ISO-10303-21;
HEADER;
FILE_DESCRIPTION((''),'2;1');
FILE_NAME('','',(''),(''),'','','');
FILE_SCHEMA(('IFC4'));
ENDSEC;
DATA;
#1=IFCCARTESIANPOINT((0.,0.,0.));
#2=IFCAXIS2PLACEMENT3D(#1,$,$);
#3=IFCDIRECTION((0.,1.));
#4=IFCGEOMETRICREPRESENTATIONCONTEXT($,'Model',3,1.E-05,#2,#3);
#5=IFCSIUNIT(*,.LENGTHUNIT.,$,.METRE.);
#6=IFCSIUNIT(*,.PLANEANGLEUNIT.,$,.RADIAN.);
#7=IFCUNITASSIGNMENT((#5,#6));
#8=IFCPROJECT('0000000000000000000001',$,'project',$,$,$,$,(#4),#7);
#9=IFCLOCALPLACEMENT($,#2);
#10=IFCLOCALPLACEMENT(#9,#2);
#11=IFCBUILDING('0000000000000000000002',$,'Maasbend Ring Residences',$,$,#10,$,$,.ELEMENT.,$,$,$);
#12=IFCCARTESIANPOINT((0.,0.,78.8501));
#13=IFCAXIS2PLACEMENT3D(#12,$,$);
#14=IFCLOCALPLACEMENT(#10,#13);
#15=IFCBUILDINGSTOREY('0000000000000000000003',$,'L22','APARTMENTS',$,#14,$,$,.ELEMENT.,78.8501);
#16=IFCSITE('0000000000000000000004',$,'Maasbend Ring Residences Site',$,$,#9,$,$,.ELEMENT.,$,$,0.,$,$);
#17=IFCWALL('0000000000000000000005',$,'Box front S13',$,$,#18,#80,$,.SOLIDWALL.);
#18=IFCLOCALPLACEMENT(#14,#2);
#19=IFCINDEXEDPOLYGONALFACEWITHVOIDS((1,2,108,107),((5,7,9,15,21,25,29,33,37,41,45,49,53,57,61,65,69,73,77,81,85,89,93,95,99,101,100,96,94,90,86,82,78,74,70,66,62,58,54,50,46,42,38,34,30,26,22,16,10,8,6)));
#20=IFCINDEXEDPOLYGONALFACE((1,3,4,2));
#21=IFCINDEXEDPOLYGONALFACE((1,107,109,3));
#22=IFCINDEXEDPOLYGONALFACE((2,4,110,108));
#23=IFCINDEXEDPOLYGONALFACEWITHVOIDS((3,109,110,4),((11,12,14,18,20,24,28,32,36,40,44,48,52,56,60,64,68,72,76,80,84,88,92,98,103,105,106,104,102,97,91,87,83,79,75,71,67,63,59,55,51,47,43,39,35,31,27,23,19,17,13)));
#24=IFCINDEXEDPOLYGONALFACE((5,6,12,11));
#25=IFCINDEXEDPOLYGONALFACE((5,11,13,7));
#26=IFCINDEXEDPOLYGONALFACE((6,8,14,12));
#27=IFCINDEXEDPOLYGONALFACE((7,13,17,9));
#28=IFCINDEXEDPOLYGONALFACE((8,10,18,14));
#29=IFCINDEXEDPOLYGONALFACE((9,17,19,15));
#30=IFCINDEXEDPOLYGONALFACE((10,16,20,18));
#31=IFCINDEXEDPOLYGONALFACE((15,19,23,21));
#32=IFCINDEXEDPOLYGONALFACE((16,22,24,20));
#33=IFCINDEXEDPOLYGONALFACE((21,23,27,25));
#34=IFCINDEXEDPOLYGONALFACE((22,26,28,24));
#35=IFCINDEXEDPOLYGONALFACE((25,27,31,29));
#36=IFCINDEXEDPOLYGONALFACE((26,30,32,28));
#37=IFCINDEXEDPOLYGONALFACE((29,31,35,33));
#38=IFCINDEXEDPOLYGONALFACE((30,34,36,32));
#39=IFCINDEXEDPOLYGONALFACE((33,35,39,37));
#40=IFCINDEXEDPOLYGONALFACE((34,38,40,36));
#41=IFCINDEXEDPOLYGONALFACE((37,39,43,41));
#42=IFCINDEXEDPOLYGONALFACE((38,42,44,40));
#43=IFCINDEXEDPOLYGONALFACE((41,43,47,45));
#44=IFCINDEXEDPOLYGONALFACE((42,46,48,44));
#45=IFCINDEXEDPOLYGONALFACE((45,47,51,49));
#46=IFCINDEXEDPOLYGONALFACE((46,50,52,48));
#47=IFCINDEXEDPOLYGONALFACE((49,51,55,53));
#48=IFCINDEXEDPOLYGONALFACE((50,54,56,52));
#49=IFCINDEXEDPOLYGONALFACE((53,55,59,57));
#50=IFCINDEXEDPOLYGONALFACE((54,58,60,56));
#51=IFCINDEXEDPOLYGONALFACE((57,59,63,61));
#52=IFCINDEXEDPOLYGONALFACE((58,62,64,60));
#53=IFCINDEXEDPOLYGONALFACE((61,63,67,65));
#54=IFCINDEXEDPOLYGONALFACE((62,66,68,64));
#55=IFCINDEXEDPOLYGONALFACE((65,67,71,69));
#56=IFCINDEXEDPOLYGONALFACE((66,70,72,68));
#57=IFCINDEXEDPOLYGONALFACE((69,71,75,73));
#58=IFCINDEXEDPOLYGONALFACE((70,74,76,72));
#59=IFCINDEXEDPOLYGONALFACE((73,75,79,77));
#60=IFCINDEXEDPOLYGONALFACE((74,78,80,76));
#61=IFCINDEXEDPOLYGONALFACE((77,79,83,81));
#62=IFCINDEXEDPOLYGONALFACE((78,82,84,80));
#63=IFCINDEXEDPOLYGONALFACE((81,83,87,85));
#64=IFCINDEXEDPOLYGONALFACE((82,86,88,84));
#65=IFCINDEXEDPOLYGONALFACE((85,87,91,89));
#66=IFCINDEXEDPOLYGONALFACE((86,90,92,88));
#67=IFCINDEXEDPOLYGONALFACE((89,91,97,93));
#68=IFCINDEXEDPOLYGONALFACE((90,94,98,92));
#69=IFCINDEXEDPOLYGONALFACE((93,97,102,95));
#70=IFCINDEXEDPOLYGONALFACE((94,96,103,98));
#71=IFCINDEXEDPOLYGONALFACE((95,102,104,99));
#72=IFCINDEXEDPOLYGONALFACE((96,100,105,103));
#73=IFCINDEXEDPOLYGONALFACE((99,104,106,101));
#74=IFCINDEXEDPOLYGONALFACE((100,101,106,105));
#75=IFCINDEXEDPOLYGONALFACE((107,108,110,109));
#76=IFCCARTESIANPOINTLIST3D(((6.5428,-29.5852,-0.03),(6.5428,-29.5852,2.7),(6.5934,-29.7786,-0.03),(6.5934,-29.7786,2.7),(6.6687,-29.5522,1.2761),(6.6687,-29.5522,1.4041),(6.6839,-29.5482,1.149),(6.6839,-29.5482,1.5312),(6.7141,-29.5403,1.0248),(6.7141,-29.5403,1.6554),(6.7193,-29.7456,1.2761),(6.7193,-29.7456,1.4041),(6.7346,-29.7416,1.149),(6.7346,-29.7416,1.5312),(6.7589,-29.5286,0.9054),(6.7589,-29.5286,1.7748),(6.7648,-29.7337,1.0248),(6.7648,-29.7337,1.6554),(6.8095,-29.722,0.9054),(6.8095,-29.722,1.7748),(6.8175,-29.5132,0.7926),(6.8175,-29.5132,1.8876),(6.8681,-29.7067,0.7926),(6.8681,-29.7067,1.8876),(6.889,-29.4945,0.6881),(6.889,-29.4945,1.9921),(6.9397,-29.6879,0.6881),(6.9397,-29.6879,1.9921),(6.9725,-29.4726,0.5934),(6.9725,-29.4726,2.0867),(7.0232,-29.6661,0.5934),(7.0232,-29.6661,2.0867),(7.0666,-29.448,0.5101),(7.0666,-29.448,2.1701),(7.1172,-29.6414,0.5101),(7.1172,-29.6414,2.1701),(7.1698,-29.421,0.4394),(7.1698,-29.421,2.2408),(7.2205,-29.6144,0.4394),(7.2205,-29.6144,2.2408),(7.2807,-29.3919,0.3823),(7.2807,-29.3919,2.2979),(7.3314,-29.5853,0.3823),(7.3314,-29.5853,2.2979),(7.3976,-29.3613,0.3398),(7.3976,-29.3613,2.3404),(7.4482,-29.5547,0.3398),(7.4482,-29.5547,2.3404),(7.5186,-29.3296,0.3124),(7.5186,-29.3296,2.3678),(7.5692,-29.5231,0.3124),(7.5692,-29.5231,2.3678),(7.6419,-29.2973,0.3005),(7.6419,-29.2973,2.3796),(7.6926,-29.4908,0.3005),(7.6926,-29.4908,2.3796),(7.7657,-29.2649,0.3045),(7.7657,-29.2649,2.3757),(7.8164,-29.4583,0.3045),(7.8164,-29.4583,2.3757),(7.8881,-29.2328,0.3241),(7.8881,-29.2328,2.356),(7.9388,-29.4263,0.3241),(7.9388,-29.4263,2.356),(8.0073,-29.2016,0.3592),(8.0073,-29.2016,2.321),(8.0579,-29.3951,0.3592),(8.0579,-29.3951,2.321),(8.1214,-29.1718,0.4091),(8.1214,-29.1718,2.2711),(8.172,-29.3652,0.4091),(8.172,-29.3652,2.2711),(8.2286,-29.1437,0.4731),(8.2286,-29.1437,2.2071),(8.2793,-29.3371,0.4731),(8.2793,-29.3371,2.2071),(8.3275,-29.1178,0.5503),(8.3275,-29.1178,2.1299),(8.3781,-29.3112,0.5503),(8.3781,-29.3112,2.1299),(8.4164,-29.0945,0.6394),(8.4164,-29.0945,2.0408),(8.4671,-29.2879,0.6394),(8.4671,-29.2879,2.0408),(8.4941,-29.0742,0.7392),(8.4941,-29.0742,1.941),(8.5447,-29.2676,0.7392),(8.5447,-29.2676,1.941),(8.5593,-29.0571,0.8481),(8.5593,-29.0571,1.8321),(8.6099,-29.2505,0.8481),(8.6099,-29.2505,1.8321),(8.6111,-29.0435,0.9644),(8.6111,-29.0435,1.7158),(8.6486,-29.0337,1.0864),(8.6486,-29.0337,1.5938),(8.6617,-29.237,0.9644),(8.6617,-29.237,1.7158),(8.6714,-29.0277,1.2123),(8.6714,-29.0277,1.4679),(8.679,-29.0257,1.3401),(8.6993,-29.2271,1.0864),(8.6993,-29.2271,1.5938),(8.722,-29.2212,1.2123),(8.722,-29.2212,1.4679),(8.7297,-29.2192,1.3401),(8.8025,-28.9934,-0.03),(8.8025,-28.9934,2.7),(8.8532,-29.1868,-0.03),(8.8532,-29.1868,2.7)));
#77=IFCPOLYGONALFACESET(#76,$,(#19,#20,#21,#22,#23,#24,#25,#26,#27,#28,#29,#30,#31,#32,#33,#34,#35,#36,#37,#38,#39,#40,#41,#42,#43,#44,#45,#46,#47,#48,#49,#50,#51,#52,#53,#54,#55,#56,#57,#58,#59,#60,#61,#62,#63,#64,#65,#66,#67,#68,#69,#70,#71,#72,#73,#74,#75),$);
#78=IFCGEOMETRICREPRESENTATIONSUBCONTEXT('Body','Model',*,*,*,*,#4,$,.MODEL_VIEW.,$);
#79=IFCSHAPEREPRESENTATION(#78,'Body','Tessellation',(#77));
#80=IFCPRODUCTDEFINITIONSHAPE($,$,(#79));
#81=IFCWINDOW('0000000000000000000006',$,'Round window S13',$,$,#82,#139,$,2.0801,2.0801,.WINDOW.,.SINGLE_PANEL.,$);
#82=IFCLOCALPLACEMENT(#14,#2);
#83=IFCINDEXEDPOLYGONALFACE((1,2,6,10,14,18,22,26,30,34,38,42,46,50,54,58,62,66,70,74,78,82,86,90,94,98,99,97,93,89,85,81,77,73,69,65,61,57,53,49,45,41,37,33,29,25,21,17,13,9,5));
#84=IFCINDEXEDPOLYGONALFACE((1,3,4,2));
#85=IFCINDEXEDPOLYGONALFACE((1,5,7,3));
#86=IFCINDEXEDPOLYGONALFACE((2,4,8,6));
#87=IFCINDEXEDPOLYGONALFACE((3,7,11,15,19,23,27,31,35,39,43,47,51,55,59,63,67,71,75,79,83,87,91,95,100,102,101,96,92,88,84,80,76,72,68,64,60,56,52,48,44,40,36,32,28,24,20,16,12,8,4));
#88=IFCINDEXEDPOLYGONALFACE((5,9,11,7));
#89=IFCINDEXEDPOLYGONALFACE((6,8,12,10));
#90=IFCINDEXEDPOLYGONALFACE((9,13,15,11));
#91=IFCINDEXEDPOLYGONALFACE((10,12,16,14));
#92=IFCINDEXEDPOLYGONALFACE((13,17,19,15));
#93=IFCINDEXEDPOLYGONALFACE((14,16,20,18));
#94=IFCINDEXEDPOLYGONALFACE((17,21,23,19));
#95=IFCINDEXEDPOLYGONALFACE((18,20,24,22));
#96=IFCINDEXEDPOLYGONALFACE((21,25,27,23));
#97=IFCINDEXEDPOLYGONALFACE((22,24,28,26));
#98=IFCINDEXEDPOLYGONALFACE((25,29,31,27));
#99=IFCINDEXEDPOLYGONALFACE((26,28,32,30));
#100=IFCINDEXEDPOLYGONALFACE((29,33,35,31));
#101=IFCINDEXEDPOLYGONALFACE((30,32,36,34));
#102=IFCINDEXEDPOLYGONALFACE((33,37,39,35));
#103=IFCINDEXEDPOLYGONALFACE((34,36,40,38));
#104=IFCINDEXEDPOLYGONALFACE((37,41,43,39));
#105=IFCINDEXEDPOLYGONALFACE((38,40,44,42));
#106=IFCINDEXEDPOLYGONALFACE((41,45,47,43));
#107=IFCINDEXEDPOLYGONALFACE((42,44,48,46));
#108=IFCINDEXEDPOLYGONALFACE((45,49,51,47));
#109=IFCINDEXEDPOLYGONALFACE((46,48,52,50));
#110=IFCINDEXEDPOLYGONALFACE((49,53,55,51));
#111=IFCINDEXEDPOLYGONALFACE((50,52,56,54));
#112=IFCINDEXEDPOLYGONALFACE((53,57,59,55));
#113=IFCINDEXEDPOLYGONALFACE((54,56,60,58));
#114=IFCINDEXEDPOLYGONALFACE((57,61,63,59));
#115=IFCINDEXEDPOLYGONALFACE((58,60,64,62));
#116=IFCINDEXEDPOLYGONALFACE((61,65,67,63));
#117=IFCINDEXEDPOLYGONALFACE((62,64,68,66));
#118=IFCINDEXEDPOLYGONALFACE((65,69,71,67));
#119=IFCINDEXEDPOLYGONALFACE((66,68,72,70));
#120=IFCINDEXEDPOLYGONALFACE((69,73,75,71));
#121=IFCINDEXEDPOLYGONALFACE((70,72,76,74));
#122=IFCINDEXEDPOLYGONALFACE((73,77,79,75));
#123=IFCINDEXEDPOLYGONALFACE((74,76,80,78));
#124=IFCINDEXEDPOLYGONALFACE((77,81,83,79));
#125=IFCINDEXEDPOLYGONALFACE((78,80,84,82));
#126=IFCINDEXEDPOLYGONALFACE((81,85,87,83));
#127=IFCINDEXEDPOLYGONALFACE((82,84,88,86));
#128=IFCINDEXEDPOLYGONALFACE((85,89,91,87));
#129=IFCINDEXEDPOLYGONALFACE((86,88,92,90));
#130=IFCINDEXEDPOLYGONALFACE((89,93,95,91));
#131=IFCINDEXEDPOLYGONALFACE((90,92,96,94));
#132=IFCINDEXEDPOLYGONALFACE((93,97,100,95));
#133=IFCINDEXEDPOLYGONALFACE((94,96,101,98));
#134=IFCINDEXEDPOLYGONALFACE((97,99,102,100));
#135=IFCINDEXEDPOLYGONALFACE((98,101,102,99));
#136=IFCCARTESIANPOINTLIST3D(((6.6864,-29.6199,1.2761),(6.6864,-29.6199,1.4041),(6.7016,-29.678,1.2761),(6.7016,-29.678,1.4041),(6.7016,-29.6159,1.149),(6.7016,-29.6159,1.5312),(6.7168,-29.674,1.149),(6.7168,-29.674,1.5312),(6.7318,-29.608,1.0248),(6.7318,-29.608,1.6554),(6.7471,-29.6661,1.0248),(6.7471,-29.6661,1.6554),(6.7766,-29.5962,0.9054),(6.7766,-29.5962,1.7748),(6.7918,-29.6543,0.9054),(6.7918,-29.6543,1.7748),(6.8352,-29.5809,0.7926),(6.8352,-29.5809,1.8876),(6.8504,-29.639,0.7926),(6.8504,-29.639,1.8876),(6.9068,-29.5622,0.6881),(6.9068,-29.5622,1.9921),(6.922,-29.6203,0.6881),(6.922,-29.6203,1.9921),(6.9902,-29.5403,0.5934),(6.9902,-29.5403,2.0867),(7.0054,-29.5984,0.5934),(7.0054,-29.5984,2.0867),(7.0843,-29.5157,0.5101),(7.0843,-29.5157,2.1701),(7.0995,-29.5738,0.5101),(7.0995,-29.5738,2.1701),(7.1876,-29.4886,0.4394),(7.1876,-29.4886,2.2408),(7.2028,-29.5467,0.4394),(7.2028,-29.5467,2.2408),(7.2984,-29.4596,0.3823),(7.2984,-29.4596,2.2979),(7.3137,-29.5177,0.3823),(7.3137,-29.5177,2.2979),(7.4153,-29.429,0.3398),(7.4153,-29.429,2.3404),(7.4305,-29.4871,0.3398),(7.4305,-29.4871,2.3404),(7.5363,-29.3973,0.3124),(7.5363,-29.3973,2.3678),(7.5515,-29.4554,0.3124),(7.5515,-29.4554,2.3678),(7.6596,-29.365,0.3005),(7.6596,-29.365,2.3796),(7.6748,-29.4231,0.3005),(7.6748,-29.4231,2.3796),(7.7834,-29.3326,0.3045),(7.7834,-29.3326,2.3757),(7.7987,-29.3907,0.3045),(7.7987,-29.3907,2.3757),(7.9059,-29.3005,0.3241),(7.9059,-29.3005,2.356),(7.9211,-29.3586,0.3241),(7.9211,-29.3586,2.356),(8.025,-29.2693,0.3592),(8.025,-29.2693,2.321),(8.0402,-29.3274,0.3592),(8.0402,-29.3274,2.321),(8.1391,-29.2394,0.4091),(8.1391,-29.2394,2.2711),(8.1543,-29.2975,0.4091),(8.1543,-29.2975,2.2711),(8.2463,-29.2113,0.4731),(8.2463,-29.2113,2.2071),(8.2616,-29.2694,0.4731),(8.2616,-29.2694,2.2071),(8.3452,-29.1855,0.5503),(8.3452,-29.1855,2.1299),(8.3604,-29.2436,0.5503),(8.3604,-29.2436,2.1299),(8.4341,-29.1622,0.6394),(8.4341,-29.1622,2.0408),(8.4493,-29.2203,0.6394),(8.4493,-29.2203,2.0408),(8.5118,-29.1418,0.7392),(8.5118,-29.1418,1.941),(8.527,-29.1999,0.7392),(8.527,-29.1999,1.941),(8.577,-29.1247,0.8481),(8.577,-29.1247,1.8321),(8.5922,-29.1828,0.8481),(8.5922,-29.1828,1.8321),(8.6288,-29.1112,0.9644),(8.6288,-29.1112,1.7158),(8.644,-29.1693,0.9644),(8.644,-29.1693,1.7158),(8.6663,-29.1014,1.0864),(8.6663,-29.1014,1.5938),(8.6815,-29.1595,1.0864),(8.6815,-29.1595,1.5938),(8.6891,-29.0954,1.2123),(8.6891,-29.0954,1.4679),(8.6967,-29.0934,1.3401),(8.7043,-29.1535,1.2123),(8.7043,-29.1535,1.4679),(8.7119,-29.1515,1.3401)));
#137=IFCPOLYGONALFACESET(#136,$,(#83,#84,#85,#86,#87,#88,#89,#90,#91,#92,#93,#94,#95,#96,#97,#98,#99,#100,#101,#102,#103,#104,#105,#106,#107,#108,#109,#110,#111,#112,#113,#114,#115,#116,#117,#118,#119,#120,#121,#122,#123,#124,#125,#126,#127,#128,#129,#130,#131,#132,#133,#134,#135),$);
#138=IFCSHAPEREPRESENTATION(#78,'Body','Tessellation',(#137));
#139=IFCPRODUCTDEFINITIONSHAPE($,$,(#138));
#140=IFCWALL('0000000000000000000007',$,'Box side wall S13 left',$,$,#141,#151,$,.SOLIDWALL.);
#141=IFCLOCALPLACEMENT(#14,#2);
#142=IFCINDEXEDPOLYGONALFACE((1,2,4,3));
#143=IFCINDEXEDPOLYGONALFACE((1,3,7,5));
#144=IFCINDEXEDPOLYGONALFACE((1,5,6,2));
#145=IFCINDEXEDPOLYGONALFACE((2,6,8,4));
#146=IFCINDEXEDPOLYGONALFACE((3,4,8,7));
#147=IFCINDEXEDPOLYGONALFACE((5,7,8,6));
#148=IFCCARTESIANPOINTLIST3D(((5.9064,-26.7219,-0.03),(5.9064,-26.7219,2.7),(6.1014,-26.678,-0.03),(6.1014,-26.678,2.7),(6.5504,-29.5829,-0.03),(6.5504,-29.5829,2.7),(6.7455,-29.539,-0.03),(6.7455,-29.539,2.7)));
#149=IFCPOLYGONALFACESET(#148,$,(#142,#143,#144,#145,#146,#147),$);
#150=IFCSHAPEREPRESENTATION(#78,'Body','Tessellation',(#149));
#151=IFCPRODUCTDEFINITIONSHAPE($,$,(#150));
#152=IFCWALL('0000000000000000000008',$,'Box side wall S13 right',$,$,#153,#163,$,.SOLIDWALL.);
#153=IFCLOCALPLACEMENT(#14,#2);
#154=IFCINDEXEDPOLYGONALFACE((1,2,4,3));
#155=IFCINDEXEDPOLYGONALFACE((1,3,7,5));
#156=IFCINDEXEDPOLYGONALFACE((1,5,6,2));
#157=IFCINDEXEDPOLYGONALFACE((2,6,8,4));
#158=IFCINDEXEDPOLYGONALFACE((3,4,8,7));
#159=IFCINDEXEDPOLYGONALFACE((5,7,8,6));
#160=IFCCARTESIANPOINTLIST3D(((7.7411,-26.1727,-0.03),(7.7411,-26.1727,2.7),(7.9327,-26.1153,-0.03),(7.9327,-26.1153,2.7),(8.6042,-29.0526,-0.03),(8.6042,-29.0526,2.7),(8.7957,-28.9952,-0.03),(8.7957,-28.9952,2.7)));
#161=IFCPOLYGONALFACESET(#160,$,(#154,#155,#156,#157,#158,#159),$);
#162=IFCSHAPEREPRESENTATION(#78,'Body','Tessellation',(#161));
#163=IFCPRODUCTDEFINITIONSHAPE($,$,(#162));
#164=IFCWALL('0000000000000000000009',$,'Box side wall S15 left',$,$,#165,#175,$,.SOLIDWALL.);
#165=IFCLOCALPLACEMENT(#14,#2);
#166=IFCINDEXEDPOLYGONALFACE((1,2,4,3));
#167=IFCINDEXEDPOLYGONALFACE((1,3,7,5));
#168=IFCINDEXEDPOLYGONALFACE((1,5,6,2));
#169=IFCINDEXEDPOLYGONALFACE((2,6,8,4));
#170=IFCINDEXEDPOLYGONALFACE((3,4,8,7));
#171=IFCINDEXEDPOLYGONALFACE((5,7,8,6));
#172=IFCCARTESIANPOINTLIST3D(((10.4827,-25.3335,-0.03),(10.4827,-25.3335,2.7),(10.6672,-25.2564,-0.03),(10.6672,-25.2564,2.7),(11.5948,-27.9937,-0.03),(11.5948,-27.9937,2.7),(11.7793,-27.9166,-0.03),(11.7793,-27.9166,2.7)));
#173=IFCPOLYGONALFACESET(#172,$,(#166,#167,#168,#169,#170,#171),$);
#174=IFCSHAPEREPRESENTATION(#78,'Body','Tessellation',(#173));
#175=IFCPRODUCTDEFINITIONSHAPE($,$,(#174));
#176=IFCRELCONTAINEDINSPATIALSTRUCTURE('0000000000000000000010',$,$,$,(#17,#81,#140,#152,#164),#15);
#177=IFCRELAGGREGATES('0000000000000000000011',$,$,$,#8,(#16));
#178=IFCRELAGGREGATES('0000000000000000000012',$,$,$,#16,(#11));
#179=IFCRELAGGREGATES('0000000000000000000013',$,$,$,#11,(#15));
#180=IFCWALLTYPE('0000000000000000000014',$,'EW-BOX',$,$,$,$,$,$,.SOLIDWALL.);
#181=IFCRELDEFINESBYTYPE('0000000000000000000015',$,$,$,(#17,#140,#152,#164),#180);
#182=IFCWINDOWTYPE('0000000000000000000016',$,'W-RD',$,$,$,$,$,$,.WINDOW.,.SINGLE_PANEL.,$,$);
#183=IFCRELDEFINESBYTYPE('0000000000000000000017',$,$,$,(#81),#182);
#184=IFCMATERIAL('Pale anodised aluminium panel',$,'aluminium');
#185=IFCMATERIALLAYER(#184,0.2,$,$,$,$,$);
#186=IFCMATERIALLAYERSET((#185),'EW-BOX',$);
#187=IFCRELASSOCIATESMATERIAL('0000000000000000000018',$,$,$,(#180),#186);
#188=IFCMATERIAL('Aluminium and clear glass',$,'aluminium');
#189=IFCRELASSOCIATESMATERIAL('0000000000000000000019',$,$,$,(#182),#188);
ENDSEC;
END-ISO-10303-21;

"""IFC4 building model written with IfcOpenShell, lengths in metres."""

from ifc_helpers import new_model, si_unit, direction, frame, frame_2d, origin, place, context, subcontext, project, spatial, rectangle, circle, extrude, material, layer, layer_set, type_object, element, fill, save


model = new_model("IFC4")

# Units and contexts
model_context = context("Model", 3, precision=1e-05, world=origin(), true_north=direction((0.0, 1.0)))
body_context = subcontext(model_context, "Body", "Model", "MODEL_VIEW")
ifc_project = project(units=[si_unit("LENGTHUNIT", "METRE"), si_unit("PLANEANGLEUNIT", "RADIAN")], contexts=[model_context])

# Site, building, storey
site_placement = place(None, origin())
site = spatial("IfcSite", under=ifc_project, at=site_placement, Name="Maasbend Ring Residences Site", CompositionType="ELEMENT", RefElevation=0.0)
building_placement = place(site_placement, origin())
building = spatial("IfcBuilding", under=site, at=building_placement, Name="Maasbend Ring Residences", CompositionType="ELEMENT")
storey_placement = place(building_placement, frame((0.0, 0.0, 78.8501)))
storey = spatial("IfcBuildingStorey", under=building, at=storey_placement, Name="L22", Description="APARTMENTS", CompositionType="ELEMENT", Elevation=78.8501)

# Shared definitions
ifc_material_1 = material(Name="Pale anodised aluminium panel", Category="aluminium")
ifc_layer_1 = layer(ifc_material_1, 0.2)
ifc_layer_set_1 = layer_set([ifc_layer_1], Name="EW-BOX")
wall_type_1 = type_object("IfcWallType", Name="EW-BOX", PredefinedType="SOLIDWALL", material=ifc_layer_set_1)

# Wall, opening, window
wall_1_placement = place(storey_placement, frame((6.5681, -29.6819, -0.03), z_axis=(0.0, 0.0, 1.0), x_axis=(0.967377, 0.253341, 0.0)))
wall_1 = element("IfcWall", 1, at=wall_1_placement, inside=storey, type_object=wall_type_1, Name="Box front S13", PredefinedType="SOLIDWALL", context=body_context, shape_type="SweptSolid", body=[
    extrude(rectangle(XDim=2.3359, YDim=0.2, at=frame_2d((1.168, 0.0))), origin(), (0.0, 0.0, 1.0), 2.73),
])
opening_1_placement = place(wall_1_placement, frame((0.1282, 0.0, 0.3301)))
opening_1 = element("IfcOpeningElement", 2, at=opening_1_placement, cuts=wall_1, PredefinedType="OPENING", context=body_context, shape_type="SweptSolid", body=[
    extrude(circle(Radius=1.04, at=frame_2d((1.04, 1.04))), frame((0.0, 0.1099, 0.0), z_axis=(0.0, -1.0, 0.0), x_axis=(1.0, 0.0, 0.0)), (0.0, 0.0, 1.0), 0.22),
])
ifc_material_2 = material(Name="Aluminium and clear glass", Category="aluminium")
window_type_1 = type_object("IfcWindowType", Name="W-RD", PartitioningType="SINGLE_PANEL", PredefinedType="WINDOW", material=ifc_material_2)
window_1_placement = place(opening_1_placement, origin())
window_1 = element("IfcWindow", 3, at=window_1_placement, inside=storey, type_object=window_type_1, Name="Round window S13", OverallHeight=2.0801, OverallWidth=2.0801, PartitioningType="SINGLE_PANEL", PredefinedType="WINDOW", context=body_context, shape_type="SweptSolid", body=[
    extrude(circle(Radius=1.04, at=frame_2d((1.04, 1.04))), frame((0.0, 0.03, 0.0), z_axis=(0.0, -1.0, 0.0), x_axis=(1.0, 0.0, 0.0)), (0.0, 0.0, 1.0), 0.0601),
])
fill(opening_1, window_1)

# Walls
wall_2_placement = place(storey_placement, frame((6.0039, -26.7, -0.03), z_axis=(0.0, 0.0, 1.0), x_axis=(0.219609, -0.975588, 0.0)))
element("IfcWall", 4, at=wall_2_placement, inside=storey, type_object=wall_type_1, Name="Box side wall S13 left", PredefinedType="SOLIDWALL", context=body_context, shape_type="SweptSolid", body=[
    extrude(rectangle(XDim=2.9326, YDim=0.2, at=frame_2d((1.4663, 0.0))), origin(), (0.0, 0.0, 1.0), 2.73),
])
wall_3_placement = place(storey_placement, frame((7.8369, -26.144, -0.03), z_axis=(0.0, 0.0, 1.0), x_axis=(0.287065, -0.957911, 0.0)))
element("IfcWall", 5, at=wall_3_placement, inside=storey, type_object=wall_type_1, Name="Box side wall S13 right", PredefinedType="SOLIDWALL", context=body_context, shape_type="SweptSolid", body=[
    extrude(rectangle(XDim=3.0063, YDim=0.2, at=frame_2d((1.5032, 0.0))), origin(), (0.0, 0.0, 1.0), 2.73),
])
wall_4_placement = place(storey_placement, frame((10.575, -25.2949, -0.03), z_axis=(0.0, 0.0, 1.0), x_axis=(0.385697, -0.922625, 0.0)))
element("IfcWall", 6, at=wall_4_placement, inside=storey, type_object=wall_type_1, Name="Box side wall S15 left", PredefinedType="SOLIDWALL", context=body_context, shape_type="SweptSolid", body=[
    extrude(rectangle(XDim=2.8833, YDim=0.2, at=frame_2d((1.4417, 0.0))), origin(), (0.0, 0.0, 1.0), 2.73),
])

save(model, "model.ifc")
